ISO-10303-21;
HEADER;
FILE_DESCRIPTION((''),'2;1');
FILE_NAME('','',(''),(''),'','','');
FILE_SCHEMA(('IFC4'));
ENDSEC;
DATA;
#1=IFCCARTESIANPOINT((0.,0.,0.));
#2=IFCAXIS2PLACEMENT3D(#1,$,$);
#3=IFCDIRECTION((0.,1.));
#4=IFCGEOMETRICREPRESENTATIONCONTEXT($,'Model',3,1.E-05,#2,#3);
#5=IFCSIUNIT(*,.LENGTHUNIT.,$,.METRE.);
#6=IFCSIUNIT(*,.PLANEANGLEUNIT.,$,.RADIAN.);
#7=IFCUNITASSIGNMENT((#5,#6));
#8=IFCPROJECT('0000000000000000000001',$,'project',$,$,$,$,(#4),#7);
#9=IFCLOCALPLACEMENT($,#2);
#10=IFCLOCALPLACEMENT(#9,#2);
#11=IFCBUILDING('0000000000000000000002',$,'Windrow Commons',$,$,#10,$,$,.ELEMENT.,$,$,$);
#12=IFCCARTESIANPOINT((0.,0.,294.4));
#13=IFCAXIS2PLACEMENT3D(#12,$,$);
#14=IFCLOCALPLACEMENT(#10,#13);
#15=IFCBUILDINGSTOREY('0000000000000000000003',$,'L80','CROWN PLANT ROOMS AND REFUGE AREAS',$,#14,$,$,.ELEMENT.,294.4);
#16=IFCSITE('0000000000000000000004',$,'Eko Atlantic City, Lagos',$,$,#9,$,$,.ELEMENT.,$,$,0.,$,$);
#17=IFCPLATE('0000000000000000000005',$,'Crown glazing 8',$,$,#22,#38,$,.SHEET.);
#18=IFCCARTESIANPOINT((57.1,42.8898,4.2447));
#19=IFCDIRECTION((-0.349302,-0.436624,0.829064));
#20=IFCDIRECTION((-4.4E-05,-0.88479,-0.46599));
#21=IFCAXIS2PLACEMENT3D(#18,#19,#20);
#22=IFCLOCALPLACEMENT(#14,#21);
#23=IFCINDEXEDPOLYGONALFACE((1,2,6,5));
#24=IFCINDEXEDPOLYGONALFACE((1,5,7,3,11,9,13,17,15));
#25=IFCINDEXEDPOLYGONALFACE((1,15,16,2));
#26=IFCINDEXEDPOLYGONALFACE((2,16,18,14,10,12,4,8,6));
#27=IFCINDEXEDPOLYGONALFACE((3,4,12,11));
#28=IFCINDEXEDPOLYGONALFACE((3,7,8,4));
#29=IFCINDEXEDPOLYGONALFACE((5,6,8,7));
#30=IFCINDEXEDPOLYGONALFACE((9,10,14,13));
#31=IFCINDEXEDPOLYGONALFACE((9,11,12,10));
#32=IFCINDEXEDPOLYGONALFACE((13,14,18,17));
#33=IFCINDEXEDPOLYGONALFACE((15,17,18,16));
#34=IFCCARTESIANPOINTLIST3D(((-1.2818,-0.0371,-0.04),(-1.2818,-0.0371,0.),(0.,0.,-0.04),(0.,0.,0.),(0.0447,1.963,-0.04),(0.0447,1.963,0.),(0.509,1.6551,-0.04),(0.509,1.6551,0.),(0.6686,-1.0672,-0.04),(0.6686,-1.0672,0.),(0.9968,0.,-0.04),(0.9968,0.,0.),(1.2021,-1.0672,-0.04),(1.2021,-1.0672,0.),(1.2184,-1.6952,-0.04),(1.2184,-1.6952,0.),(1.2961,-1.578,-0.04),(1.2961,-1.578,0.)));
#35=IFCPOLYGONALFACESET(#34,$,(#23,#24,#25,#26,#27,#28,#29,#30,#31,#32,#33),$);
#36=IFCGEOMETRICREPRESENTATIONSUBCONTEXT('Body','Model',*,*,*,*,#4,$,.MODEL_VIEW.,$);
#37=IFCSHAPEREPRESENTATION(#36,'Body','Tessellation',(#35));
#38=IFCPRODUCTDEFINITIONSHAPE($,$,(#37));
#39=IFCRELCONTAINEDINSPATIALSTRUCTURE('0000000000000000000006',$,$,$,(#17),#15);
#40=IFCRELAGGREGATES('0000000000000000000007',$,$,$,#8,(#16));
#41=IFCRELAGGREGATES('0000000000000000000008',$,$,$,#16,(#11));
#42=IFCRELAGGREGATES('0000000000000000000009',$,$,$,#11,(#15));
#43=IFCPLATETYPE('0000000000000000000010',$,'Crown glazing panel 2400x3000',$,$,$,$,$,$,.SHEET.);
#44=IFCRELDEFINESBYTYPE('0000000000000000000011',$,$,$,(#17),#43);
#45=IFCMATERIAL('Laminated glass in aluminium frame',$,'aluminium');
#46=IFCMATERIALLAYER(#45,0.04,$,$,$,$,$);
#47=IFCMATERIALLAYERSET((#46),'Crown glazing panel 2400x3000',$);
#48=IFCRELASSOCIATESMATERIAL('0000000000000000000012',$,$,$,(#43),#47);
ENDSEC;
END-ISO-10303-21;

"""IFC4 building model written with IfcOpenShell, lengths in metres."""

from ifc_helpers import new_model, si_unit, direction, frame, origin, place, context, subcontext, project, spatial, polyline, outline, extrude, material, layer, layer_set, type_object, element, save


model = new_model("IFC4")

# Units and contexts
model_context = context("Model", 3, precision=1e-05, world=origin(), true_north=direction((0.0, 1.0)))
body_context = subcontext(model_context, "Body", "Model", "MODEL_VIEW")
ifc_project = project(units=[si_unit("LENGTHUNIT", "METRE"), si_unit("PLANEANGLEUNIT", "RADIAN")], contexts=[model_context])

# Site, building, storey
site_placement = place(None, origin())
site = spatial("IfcSite", under=ifc_project, at=site_placement, Name="Eko Atlantic City, Lagos", CompositionType="ELEMENT", RefElevation=0.0)
building_placement = place(site_placement, origin())
building = spatial("IfcBuilding", under=site, at=building_placement, Name="Windrow Commons", CompositionType="ELEMENT")
storey_placement = place(building_placement, frame((0.0, 0.0, 294.4)))
storey = spatial("IfcBuildingStorey", under=building, at=storey_placement, Name="L80", Description="CROWN PLANT ROOMS AND REFUGE AREAS", CompositionType="ELEMENT", Elevation=294.4)

# Plate
ifc_material_1 = material(Name="Laminated glass in aluminium frame", Category="aluminium")
ifc_layer_1 = layer(ifc_material_1, 0.04)
ifc_layer_set_1 = layer_set([ifc_layer_1], Name="Crown glazing panel 2400x3000")
plate_type = type_object("IfcPlateType", Name="Crown glazing panel 2400x3000", PredefinedType="SHEET", material=ifc_layer_set_1)
plate_1_placement = place(storey_placement, frame((57.1, 42.8898, 4.2447), z_axis=(-0.349302, -0.436624, 0.829064), x_axis=(-0.000044, -0.88479, -0.46599)))
element("IfcPlate", 1, at=plate_1_placement, inside=storey, type_object=plate_type, Name="Crown glazing 8", PredefinedType="SHEET", context=body_context, shape_type="SweptSolid", body=[
    extrude(outline(polyline([(0.0, 0.0), (0.9968, 0.0), (0.6686, -1.0672), (1.2021, -1.0672), (1.2961, -1.578), (1.2184, -1.6952), (-1.2818, -0.0371), (0.0447, 1.963), (0.509, 1.6551), (0.0, 0.0)])), origin(), (0.0, 0.0, -1.0), 0.04),
])

save(model, "model.ifc")
